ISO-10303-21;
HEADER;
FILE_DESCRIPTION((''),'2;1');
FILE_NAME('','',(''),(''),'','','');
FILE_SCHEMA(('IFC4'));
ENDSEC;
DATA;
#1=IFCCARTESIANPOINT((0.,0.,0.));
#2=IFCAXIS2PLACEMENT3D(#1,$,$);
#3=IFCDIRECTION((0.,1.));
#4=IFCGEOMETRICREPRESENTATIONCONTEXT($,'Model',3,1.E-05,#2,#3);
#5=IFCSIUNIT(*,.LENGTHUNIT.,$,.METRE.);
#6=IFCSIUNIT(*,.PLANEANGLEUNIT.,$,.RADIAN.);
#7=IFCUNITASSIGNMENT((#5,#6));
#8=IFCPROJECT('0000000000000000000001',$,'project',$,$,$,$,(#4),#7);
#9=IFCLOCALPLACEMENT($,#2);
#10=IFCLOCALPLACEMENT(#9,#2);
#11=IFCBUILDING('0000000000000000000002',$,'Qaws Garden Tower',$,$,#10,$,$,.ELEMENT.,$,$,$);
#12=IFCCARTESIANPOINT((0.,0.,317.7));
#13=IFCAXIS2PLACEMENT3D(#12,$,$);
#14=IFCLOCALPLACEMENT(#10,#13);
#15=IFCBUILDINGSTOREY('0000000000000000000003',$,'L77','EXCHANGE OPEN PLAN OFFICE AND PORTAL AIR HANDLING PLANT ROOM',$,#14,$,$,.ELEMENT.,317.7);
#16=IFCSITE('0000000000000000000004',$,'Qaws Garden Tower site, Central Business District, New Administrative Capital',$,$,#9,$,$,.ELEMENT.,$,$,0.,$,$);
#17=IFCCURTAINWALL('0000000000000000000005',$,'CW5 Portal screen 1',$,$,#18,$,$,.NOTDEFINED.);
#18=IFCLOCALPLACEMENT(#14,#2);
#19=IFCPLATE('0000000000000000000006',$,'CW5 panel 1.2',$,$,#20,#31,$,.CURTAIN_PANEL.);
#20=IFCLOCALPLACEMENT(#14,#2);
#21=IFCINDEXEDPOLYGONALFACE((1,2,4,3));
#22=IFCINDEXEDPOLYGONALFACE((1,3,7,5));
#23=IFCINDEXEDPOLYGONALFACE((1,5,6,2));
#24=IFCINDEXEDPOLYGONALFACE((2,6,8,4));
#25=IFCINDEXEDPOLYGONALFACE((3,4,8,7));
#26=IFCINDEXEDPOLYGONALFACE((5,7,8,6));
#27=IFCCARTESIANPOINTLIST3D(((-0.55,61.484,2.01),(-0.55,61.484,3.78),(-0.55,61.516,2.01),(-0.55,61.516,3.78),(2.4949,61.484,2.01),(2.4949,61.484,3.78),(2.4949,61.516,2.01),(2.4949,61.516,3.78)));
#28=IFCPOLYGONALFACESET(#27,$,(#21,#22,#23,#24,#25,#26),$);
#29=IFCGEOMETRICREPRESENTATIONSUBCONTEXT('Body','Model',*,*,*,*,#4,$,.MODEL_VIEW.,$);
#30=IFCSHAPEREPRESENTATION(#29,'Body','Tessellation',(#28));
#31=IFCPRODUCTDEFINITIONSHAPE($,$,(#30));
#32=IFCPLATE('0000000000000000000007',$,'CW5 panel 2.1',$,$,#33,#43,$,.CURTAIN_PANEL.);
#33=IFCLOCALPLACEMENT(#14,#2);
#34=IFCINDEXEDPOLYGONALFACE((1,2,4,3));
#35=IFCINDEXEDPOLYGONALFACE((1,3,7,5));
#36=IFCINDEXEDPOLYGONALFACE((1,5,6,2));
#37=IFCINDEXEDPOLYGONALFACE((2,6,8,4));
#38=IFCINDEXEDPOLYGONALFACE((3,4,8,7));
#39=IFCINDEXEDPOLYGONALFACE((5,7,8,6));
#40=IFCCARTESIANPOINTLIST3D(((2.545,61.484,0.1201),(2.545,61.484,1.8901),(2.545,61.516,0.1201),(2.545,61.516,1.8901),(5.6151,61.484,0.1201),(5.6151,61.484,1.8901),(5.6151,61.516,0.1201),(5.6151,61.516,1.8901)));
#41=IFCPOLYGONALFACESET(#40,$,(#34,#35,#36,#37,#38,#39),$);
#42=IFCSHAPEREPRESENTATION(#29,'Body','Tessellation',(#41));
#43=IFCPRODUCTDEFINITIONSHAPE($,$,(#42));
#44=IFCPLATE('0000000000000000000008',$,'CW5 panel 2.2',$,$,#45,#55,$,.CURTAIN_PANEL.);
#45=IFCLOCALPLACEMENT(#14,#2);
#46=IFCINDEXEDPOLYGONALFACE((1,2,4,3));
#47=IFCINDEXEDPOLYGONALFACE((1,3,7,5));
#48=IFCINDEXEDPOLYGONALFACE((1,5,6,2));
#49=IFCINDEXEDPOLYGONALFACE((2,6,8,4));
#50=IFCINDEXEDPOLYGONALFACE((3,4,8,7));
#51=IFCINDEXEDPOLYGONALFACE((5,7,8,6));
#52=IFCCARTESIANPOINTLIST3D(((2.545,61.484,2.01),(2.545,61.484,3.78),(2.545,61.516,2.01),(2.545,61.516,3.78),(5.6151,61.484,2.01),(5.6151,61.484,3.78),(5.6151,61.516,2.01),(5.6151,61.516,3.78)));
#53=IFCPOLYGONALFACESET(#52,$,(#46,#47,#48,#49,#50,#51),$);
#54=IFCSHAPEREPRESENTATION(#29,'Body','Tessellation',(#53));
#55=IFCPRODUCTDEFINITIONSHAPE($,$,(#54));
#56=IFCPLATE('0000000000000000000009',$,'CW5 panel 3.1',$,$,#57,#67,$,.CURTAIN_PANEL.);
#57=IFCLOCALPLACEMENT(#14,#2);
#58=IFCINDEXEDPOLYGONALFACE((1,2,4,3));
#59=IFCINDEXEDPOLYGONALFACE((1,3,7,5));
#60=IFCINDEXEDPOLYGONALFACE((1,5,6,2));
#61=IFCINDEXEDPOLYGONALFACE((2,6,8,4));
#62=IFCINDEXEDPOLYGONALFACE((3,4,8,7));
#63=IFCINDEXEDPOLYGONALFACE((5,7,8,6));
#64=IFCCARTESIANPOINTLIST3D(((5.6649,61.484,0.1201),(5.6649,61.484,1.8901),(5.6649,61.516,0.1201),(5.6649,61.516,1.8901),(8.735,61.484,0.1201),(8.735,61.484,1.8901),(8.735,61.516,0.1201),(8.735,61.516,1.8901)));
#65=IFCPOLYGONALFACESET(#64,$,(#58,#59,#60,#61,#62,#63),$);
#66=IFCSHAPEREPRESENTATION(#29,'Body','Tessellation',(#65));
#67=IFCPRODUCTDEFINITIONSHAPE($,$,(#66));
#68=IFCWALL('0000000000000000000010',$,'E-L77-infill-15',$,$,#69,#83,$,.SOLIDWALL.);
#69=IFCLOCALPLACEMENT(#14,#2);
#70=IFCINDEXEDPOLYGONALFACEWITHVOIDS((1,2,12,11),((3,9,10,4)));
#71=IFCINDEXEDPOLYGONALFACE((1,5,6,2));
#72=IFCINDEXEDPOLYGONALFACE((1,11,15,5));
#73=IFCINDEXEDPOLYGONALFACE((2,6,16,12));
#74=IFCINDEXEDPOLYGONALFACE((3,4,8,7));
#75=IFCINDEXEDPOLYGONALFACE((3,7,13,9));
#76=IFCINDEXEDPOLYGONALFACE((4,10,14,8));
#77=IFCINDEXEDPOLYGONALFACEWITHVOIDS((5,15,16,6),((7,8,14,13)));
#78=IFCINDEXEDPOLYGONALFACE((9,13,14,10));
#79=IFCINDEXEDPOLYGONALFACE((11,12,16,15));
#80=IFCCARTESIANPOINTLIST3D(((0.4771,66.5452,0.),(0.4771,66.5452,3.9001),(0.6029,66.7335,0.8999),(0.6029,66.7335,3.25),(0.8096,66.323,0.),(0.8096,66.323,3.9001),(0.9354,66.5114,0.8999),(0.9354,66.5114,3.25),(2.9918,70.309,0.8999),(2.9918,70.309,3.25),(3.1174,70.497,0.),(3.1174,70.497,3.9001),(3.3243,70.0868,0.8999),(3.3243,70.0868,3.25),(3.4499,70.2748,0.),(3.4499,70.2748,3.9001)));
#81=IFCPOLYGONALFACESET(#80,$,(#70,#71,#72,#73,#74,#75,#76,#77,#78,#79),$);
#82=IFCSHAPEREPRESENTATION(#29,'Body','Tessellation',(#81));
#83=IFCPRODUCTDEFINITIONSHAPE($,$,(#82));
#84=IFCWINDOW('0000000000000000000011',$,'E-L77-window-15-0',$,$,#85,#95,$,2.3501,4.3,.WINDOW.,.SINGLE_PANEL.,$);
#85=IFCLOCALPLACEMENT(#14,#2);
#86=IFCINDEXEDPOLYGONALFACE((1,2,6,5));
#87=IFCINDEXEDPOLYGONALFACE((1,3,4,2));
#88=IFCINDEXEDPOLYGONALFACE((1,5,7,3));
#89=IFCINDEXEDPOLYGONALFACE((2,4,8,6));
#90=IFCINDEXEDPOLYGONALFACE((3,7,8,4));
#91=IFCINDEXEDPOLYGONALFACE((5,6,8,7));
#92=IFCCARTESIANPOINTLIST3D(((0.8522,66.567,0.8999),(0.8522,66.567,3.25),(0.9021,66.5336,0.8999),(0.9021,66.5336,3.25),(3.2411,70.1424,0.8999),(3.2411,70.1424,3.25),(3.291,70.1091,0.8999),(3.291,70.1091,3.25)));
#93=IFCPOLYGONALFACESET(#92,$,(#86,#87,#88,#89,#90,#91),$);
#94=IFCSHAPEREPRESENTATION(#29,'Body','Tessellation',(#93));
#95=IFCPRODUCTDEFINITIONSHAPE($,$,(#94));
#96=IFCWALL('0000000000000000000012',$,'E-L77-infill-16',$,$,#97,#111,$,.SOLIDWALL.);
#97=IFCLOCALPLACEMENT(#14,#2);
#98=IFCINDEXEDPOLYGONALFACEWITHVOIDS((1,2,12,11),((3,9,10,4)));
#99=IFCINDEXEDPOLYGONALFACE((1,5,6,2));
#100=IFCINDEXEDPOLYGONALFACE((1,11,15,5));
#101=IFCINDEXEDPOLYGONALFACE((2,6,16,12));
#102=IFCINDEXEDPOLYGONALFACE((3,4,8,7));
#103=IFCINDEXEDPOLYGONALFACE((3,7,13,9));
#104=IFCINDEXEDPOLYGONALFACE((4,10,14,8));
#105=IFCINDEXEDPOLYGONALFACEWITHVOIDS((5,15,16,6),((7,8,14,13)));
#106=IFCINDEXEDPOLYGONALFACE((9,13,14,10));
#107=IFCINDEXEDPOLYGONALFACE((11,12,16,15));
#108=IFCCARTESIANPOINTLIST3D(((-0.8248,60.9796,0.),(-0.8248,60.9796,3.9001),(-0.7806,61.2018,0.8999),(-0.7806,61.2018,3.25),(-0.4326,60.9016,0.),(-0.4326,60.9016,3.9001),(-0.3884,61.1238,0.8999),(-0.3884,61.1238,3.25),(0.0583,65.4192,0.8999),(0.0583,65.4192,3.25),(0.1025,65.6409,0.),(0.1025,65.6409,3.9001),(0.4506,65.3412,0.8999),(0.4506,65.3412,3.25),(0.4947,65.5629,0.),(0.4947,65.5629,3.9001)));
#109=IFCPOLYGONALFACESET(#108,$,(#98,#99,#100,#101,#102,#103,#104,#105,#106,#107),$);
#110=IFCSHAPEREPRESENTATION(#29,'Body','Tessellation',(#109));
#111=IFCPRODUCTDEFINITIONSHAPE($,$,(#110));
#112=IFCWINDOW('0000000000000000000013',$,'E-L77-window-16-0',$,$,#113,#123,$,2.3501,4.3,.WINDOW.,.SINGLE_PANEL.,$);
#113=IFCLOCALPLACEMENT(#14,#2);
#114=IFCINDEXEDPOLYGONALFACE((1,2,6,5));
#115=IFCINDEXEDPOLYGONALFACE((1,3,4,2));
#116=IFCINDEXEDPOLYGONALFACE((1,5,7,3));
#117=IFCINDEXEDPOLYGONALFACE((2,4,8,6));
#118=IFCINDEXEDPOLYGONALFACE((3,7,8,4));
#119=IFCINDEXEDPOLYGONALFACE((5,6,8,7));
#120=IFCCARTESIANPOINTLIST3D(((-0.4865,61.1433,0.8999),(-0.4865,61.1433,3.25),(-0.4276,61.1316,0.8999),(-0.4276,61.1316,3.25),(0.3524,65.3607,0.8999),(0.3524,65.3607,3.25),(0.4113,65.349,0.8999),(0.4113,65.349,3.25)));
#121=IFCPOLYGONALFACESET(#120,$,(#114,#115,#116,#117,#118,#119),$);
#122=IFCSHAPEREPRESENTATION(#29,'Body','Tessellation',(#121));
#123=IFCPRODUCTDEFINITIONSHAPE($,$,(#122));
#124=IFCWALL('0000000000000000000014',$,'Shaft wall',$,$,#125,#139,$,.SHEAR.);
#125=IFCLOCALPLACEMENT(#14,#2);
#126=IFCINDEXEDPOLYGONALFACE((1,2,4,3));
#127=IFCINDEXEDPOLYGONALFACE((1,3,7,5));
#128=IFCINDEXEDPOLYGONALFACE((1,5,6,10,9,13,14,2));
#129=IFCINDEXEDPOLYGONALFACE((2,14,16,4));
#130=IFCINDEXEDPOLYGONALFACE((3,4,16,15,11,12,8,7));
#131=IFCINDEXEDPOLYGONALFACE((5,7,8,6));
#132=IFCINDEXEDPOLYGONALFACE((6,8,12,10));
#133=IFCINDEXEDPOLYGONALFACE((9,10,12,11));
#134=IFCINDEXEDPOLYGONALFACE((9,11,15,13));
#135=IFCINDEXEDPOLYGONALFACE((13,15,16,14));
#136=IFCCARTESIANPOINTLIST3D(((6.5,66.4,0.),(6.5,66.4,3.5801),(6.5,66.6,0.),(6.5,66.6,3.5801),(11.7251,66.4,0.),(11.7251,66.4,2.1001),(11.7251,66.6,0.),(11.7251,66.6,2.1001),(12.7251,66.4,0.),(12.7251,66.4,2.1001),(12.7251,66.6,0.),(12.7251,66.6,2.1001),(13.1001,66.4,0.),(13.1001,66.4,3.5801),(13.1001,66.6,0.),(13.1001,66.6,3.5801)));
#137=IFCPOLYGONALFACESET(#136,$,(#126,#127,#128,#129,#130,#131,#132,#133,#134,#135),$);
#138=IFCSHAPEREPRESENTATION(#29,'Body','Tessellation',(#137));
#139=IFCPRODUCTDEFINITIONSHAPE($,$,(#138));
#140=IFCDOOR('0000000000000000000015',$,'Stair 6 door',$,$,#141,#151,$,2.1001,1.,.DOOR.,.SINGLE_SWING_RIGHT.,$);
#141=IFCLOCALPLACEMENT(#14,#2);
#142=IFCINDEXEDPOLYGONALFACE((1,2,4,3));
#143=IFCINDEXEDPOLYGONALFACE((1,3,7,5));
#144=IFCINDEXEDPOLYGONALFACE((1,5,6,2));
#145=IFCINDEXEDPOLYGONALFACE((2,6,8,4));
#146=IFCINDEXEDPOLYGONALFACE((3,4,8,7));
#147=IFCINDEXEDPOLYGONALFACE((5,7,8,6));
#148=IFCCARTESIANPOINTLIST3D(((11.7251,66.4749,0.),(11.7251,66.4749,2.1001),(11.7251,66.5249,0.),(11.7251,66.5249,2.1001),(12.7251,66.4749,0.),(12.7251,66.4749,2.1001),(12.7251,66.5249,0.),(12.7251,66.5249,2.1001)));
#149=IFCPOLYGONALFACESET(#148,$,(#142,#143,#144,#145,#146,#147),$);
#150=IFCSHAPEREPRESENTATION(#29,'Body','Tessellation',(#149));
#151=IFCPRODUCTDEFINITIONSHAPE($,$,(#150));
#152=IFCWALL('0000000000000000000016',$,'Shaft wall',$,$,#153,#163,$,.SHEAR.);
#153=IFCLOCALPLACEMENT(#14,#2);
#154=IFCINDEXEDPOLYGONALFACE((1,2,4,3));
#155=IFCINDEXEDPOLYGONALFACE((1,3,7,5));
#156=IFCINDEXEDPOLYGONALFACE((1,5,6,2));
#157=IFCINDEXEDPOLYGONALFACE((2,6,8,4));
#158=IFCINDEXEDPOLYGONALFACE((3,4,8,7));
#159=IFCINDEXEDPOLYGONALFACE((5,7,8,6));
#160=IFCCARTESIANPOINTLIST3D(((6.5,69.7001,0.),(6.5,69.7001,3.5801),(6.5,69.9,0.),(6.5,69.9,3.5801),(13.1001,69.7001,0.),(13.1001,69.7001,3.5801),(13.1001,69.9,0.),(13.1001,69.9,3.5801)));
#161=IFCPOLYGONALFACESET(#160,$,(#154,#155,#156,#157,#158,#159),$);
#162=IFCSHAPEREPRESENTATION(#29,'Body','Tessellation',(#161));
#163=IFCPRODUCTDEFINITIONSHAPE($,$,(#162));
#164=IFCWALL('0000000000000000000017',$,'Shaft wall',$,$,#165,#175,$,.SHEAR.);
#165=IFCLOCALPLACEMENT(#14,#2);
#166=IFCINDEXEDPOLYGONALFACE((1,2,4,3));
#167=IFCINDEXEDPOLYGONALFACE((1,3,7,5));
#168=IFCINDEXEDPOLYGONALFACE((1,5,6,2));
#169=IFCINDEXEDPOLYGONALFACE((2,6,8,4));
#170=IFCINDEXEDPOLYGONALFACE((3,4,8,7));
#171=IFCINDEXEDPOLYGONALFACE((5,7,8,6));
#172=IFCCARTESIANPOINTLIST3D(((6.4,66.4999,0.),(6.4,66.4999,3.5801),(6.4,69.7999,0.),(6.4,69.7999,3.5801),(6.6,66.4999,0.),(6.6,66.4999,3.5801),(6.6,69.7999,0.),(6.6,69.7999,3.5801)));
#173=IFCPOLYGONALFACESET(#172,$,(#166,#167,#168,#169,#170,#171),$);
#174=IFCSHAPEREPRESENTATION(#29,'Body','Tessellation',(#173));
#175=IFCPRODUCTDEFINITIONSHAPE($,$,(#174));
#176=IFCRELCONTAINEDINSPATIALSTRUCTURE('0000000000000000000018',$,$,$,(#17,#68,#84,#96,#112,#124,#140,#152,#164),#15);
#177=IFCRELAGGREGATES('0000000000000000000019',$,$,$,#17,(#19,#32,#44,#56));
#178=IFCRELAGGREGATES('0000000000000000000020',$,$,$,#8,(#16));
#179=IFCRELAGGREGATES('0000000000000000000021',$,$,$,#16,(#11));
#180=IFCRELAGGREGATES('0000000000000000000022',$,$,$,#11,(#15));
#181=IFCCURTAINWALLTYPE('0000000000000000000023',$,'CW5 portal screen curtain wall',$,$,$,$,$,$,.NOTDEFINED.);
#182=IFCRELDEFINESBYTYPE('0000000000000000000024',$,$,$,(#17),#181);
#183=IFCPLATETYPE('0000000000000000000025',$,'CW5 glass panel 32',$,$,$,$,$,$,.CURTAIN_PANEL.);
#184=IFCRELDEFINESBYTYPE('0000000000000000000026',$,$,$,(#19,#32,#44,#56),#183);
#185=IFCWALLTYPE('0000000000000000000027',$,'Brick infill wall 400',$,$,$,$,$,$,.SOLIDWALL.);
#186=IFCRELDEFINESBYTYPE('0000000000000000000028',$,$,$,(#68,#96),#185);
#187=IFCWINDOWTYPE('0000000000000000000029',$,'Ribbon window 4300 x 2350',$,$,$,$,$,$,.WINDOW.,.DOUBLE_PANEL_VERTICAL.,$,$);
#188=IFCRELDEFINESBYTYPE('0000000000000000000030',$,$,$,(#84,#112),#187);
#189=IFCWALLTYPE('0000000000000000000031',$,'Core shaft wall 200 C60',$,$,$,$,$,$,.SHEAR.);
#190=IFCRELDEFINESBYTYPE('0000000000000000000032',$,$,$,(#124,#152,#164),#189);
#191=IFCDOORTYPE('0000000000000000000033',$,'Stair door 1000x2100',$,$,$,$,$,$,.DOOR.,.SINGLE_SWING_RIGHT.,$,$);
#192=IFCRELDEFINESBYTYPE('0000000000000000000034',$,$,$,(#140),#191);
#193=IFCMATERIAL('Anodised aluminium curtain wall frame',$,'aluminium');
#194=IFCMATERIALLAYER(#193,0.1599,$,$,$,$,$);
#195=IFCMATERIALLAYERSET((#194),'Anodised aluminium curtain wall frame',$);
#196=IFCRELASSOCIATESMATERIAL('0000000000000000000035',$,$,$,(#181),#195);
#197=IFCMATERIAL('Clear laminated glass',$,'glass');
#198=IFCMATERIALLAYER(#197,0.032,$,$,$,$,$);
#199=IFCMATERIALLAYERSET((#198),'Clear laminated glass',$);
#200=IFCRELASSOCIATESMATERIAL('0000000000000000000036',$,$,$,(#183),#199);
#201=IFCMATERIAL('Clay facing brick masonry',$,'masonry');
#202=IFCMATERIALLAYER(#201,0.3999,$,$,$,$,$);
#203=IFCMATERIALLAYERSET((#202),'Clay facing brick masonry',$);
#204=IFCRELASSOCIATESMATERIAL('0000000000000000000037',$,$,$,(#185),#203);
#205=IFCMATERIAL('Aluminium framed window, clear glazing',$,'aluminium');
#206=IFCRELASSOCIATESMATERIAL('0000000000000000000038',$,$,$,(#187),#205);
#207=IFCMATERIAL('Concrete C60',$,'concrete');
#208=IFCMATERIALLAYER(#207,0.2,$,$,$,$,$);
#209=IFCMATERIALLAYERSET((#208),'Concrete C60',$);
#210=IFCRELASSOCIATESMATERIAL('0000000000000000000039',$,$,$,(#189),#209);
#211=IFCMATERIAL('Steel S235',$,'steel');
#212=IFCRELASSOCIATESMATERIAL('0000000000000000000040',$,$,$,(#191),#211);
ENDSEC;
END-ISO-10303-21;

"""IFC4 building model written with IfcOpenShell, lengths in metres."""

from ifc_helpers import new_model, si_unit, direction, frame, frame_2d, origin, origin_2d, place, context, subcontext, project, spatial, rectangle, extrude, material, layer, layer_set, type_object, element, fill, aggregate, save


model = new_model("IFC4")

# Units and contexts
model_context = context("Model", 3, precision=1e-05, world=origin(), true_north=direction((0.0, 1.0)))
body_context = subcontext(model_context, "Body", "Model", "MODEL_VIEW")
ifc_project = project(units=[si_unit("LENGTHUNIT", "METRE"), si_unit("PLANEANGLEUNIT", "RADIAN")], contexts=[model_context])

# Site, building, storey
site_placement = place(None, origin())
site = spatial("IfcSite", under=ifc_project, at=site_placement, Name="Qaws Garden Tower site, Central Business District, New Administrative Capital", CompositionType="ELEMENT", RefElevation=0.0)
building_placement = place(site_placement, origin())
building = spatial("IfcBuilding", under=site, at=building_placement, Name="Qaws Garden Tower", CompositionType="ELEMENT")
storey_placement = place(building_placement, frame((0.0, 0.0, 317.7)))
storey = spatial("IfcBuildingStorey", under=building, at=storey_placement, Name="L77", Description="EXCHANGE OPEN PLAN OFFICE AND PORTAL AIR HANDLING PLANT ROOM", CompositionType="ELEMENT", Elevation=317.7)

# Curtain wall
ifc_material_1 = material(Name="Anodised aluminium curtain wall frame", Category="aluminium")
ifc_layer_1 = layer(ifc_material_1, 0.1599)
ifc_layer_set_1 = layer_set([ifc_layer_1], Name="Anodised aluminium curtain wall frame")
curtain_wall_type = type_object("IfcCurtainWallType", Name="CW5 portal screen curtain wall", PredefinedType="NOTDEFINED", material=ifc_layer_set_1)
curtain_wall_placement = place(storey_placement, origin())
curtain_wall = element("IfcCurtainWall", 1, at=curtain_wall_placement, inside=storey, type_object=curtain_wall_type, Name="CW5 Portal screen 1", PredefinedType="NOTDEFINED")

# Plates
ifc_material_2 = material(Name="Clear laminated glass", Category="glass")
ifc_layer_2 = layer(ifc_material_2, 0.032)
ifc_layer_set_2 = layer_set([ifc_layer_2], Name="Clear laminated glass")
plate_type = type_object("IfcPlateType", Name="CW5 glass panel 32", PredefinedType="CURTAIN_PANEL", material=ifc_layer_set_2)
plate_1_placement = place(storey_placement, frame((0.9724, 61.5, 2.01), z_axis=(0.0, 0.0, 1.0), x_axis=(1.0, 0.0, 0.0)))
plate_1 = element("IfcPlate", 2, at=plate_1_placement, type_object=plate_type, Name="CW5 panel 1.2", PredefinedType="CURTAIN_PANEL", context=body_context, shape_type="SweptSolid", body=[
    extrude(rectangle(XDim=3.0449, YDim=0.032, at=origin_2d()), origin(), (0.0, 0.0, 1.0), 1.77),
])
plate_2_placement = place(storey_placement, frame((4.0801, 61.5, 0.1201), z_axis=(0.0, 0.0, 1.0), x_axis=(1.0, 0.0, 0.0)))
plate_2 = element("IfcPlate", 3, at=plate_2_placement, type_object=plate_type, Name="CW5 panel 2.1", PredefinedType="CURTAIN_PANEL", context=body_context, shape_type="SweptSolid", body=[
    extrude(rectangle(XDim=3.0701, YDim=0.032, at=origin_2d()), origin(), (0.0, 0.0, 1.0), 1.77),
])
plate_3_placement = place(storey_placement, frame((4.0801, 61.5, 2.01), z_axis=(0.0, 0.0, 1.0), x_axis=(1.0, 0.0, 0.0)))
plate_3 = element("IfcPlate", 4, at=plate_3_placement, type_object=plate_type, Name="CW5 panel 2.2", PredefinedType="CURTAIN_PANEL", context=body_context, shape_type="SweptSolid", body=[
    extrude(rectangle(XDim=3.0701, YDim=0.032, at=origin_2d()), origin(), (0.0, 0.0, 1.0), 1.77),
])
plate_4_placement = place(storey_placement, frame((7.2, 61.5, 0.1201), z_axis=(0.0, 0.0, 1.0), x_axis=(1.0, 0.0, 0.0)))
plate_4 = element("IfcPlate", 5, at=plate_4_placement, type_object=plate_type, Name="CW5 panel 3.1", PredefinedType="CURTAIN_PANEL", context=body_context, shape_type="SweptSolid", body=[
    extrude(rectangle(XDim=3.0701, YDim=0.032, at=origin_2d()), origin(), (0.0, 0.0, 1.0), 1.77),
])
aggregate(curtain_wall, [plate_1, plate_2, plate_3, plate_4])

# Walls, openings, windows
ifc_material_3 = material(Name="Clay facing brick masonry", Category="masonry")
ifc_layer_3 = layer(ifc_material_3, 0.3999)
ifc_layer_set_3 = layer_set([ifc_layer_3], Name="Clay facing brick masonry")
wall_type_1 = type_object("IfcWallType", Name="Brick infill wall 400", PredefinedType="SOLIDWALL", material=ifc_layer_set_3)
wall_1_placement = place(storey_placement, frame((3.2837, 70.386, 0.0), z_axis=(0.0, 0.0, 1.0), x_axis=(-0.555542, -0.831489, 0.0)))
wall_1 = element("IfcWall", 6, at=wall_1_placement, inside=storey, type_object=wall_type_1, Name="E-L77-infill-15", PredefinedType="SOLIDWALL", context=body_context, shape_type="SweptSolid", body=[
    extrude(rectangle(XDim=4.7527, YDim=0.3999, at=frame_2d((2.3765, 0.0))), origin(), (0.0, 0.0, 1.0), 3.9001),
])
opening_1_placement = place(wall_1_placement, frame((0.2263, 0.0, 0.8999)))
opening_1 = element("IfcOpeningElement", 7, at=opening_1_placement, cuts=wall_1, PredefinedType="OPENING", context=body_context, shape_type="SweptSolid", body=[
    extrude(rectangle(XDim=4.3, YDim=2.3501, at=frame_2d((2.1499, 1.175))), frame((0.0, 0.21, 0.0), z_axis=(0.0, -1.0, 0.0), x_axis=(1.0, 0.0, 0.0)), (0.0, 0.0, 1.0), 0.4199),
])
ifc_material_4 = material(Name="Aluminium framed window, clear glazing", Category="aluminium")
window_type = type_object("IfcWindowType", Name="Ribbon window 4300 x 2350", PartitioningType="DOUBLE_PANEL_VERTICAL", PredefinedType="WINDOW", material=ifc_material_4)
window_1_placement = place(opening_1_placement, origin())
window_1 = element("IfcWindow", 8, at=window_1_placement, inside=storey, type_object=window_type, Name="E-L77-window-15-0", OverallHeight=2.3501, OverallWidth=4.3, PartitioningType="SINGLE_PANEL", PredefinedType="WINDOW", context=body_context, shape_type="SweptSolid", body=[
    extrude(rectangle(XDim=4.3, YDim=2.3501, at=frame_2d((2.1499, 1.175))), frame((0.0, 0.1599, 0.0), z_axis=(0.0, -1.0, 0.0), x_axis=(1.0, 0.0, 0.0)), (0.0, 0.0, 1.0), 0.0601),
])
fill(opening_1, window_1)
wall_2_placement = place(storey_placement, frame((0.2986, 65.6021, 0.0), z_axis=(0.0, 0.0, 1.0), x_axis=(-0.195099, -0.980784, 0.0)))
wall_2 = element("IfcWall", 9, at=wall_2_placement, inside=storey, type_object=wall_type_1, Name="E-L77-infill-16", PredefinedType="SOLIDWALL", context=body_context, shape_type="SweptSolid", body=[
    extrude(rectangle(XDim=4.7527, YDim=0.3999, at=frame_2d((2.3765, 0.0))), origin(), (0.0, 0.0, 1.0), 3.9001),
])
opening_2_placement = place(wall_2_placement, frame((0.2263, 0.0, 0.8999)))
opening_2 = element("IfcOpeningElement", 10, at=opening_2_placement, cuts=wall_2, PredefinedType="OPENING", context=body_context, shape_type="SweptSolid", body=[
    extrude(rectangle(XDim=4.3, YDim=2.3501, at=frame_2d((2.1499, 1.175))), frame((0.0, 0.21, 0.0), z_axis=(0.0, -1.0, 0.0), x_axis=(1.0, 0.0, 0.0)), (0.0, 0.0, 1.0), 0.4199),
])
window_2_placement = place(opening_2_placement, origin())
window_2 = element("IfcWindow", 11, at=window_2_placement, inside=storey, type_object=window_type, Name="E-L77-window-16-0", OverallHeight=2.3501, OverallWidth=4.3, PartitioningType="SINGLE_PANEL", PredefinedType="WINDOW", context=body_context, shape_type="SweptSolid", body=[
    extrude(rectangle(XDim=4.3, YDim=2.3501, at=frame_2d((2.1499, 1.175))), frame((0.0, 0.1599, 0.0), z_axis=(0.0, -1.0, 0.0), x_axis=(1.0, 0.0, 0.0)), (0.0, 0.0, 1.0), 0.0601),
])
fill(opening_2, window_2)

# Wall, opening, door
ifc_material_5 = material(Name="Concrete C60", Category="concrete")
ifc_layer_4 = layer(ifc_material_5, 0.2)
ifc_layer_set_4 = layer_set([ifc_layer_4], Name="Concrete C60")
wall_type_2 = type_object("IfcWallType", Name="Core shaft wall 200 C60", PredefinedType="SHEAR", material=ifc_layer_set_4)
wall_3_placement = place(storey_placement, frame((6.5, 66.5, 0.0), z_axis=(0.0, 0.0, 1.0), x_axis=(1.0, 0.0, 0.0)))
wall_3 = element("IfcWall", 12, at=wall_3_placement, inside=storey, type_object=wall_type_2, Name="Shaft wall", PredefinedType="SHEAR", context=body_context, shape_type="SweptSolid", body=[
    extrude(rectangle(XDim=6.6001, YDim=0.2, at=frame_2d((3.3, 0.0))), origin(), (0.0, 0.0, 1.0), 3.5801),
])
opening_3_placement = place(wall_3_placement, frame((5.2251, 0.0, 0.0)))
opening_3 = element("IfcOpeningElement", 13, at=opening_3_placement, cuts=wall_3, PredefinedType="OPENING", context=body_context, shape_type="SweptSolid", body=[
    extrude(rectangle(XDim=1.0, YDim=2.1001, at=frame_2d((0.5, 1.05))), frame((0.0, 0.1099, 0.0), z_axis=(0.0, -1.0, 0.0), x_axis=(1.0, 0.0, 0.0)), (0.0, 0.0, 1.0), 0.22),
])
ifc_material_6 = material(Name="Steel S235", Category="steel")
door_type = type_object("IfcDoorType", Name="Stair door 1000x2100", OperationType="SINGLE_SWING_RIGHT", PredefinedType="DOOR", material=ifc_material_6)
door_placement = place(opening_3_placement, origin())
door = element("IfcDoor", 14, at=door_placement, inside=storey, type_object=door_type, Name="Stair 6 door", OperationType="SINGLE_SWING_RIGHT", OverallHeight=2.1001, OverallWidth=1.0, PredefinedType="DOOR", context=body_context, shape_type="SweptSolid", body=[
    extrude(rectangle(XDim=1.0, YDim=2.1001, at=frame_2d((0.5, 1.05))), frame((0.0, 0.0249, 0.0), z_axis=(0.0, -1.0, 0.0), x_axis=(1.0, 0.0, 0.0)), (0.0, 0.0, 1.0), 0.05),
])
fill(opening_3, door)

# Walls
wall_4_placement = place(storey_placement, frame((6.5, 69.8, 0.0), z_axis=(0.0, 0.0, 1.0), x_axis=(1.0, 0.0, 0.0)))
element("IfcWall", 15, at=wall_4_placement, inside=storey, type_object=wall_type_2, Name="Shaft wall", PredefinedType="SHEAR", context=body_context, shape_type="SweptSolid", body=[
    extrude(rectangle(XDim=6.6001, YDim=0.2, at=frame_2d((3.3, 0.0))), origin(), (0.0, 0.0, 1.0), 3.5801),
])
wall_5_placement = place(storey_placement, frame((6.5, 66.5, 0.0), z_axis=(0.0, 0.0, 1.0), x_axis=(0.0, 1.0, 0.0)))
element("IfcWall", 16, at=wall_5_placement, inside=storey, type_object=wall_type_2, Name="Shaft wall", PredefinedType="SHEAR", context=body_context, shape_type="SweptSolid", body=[
    extrude(rectangle(XDim=3.3, YDim=0.2, at=frame_2d((1.6499, 0.0))), origin(), (0.0, 0.0, 1.0), 3.5801),
])

save(model, "model.ifc")
